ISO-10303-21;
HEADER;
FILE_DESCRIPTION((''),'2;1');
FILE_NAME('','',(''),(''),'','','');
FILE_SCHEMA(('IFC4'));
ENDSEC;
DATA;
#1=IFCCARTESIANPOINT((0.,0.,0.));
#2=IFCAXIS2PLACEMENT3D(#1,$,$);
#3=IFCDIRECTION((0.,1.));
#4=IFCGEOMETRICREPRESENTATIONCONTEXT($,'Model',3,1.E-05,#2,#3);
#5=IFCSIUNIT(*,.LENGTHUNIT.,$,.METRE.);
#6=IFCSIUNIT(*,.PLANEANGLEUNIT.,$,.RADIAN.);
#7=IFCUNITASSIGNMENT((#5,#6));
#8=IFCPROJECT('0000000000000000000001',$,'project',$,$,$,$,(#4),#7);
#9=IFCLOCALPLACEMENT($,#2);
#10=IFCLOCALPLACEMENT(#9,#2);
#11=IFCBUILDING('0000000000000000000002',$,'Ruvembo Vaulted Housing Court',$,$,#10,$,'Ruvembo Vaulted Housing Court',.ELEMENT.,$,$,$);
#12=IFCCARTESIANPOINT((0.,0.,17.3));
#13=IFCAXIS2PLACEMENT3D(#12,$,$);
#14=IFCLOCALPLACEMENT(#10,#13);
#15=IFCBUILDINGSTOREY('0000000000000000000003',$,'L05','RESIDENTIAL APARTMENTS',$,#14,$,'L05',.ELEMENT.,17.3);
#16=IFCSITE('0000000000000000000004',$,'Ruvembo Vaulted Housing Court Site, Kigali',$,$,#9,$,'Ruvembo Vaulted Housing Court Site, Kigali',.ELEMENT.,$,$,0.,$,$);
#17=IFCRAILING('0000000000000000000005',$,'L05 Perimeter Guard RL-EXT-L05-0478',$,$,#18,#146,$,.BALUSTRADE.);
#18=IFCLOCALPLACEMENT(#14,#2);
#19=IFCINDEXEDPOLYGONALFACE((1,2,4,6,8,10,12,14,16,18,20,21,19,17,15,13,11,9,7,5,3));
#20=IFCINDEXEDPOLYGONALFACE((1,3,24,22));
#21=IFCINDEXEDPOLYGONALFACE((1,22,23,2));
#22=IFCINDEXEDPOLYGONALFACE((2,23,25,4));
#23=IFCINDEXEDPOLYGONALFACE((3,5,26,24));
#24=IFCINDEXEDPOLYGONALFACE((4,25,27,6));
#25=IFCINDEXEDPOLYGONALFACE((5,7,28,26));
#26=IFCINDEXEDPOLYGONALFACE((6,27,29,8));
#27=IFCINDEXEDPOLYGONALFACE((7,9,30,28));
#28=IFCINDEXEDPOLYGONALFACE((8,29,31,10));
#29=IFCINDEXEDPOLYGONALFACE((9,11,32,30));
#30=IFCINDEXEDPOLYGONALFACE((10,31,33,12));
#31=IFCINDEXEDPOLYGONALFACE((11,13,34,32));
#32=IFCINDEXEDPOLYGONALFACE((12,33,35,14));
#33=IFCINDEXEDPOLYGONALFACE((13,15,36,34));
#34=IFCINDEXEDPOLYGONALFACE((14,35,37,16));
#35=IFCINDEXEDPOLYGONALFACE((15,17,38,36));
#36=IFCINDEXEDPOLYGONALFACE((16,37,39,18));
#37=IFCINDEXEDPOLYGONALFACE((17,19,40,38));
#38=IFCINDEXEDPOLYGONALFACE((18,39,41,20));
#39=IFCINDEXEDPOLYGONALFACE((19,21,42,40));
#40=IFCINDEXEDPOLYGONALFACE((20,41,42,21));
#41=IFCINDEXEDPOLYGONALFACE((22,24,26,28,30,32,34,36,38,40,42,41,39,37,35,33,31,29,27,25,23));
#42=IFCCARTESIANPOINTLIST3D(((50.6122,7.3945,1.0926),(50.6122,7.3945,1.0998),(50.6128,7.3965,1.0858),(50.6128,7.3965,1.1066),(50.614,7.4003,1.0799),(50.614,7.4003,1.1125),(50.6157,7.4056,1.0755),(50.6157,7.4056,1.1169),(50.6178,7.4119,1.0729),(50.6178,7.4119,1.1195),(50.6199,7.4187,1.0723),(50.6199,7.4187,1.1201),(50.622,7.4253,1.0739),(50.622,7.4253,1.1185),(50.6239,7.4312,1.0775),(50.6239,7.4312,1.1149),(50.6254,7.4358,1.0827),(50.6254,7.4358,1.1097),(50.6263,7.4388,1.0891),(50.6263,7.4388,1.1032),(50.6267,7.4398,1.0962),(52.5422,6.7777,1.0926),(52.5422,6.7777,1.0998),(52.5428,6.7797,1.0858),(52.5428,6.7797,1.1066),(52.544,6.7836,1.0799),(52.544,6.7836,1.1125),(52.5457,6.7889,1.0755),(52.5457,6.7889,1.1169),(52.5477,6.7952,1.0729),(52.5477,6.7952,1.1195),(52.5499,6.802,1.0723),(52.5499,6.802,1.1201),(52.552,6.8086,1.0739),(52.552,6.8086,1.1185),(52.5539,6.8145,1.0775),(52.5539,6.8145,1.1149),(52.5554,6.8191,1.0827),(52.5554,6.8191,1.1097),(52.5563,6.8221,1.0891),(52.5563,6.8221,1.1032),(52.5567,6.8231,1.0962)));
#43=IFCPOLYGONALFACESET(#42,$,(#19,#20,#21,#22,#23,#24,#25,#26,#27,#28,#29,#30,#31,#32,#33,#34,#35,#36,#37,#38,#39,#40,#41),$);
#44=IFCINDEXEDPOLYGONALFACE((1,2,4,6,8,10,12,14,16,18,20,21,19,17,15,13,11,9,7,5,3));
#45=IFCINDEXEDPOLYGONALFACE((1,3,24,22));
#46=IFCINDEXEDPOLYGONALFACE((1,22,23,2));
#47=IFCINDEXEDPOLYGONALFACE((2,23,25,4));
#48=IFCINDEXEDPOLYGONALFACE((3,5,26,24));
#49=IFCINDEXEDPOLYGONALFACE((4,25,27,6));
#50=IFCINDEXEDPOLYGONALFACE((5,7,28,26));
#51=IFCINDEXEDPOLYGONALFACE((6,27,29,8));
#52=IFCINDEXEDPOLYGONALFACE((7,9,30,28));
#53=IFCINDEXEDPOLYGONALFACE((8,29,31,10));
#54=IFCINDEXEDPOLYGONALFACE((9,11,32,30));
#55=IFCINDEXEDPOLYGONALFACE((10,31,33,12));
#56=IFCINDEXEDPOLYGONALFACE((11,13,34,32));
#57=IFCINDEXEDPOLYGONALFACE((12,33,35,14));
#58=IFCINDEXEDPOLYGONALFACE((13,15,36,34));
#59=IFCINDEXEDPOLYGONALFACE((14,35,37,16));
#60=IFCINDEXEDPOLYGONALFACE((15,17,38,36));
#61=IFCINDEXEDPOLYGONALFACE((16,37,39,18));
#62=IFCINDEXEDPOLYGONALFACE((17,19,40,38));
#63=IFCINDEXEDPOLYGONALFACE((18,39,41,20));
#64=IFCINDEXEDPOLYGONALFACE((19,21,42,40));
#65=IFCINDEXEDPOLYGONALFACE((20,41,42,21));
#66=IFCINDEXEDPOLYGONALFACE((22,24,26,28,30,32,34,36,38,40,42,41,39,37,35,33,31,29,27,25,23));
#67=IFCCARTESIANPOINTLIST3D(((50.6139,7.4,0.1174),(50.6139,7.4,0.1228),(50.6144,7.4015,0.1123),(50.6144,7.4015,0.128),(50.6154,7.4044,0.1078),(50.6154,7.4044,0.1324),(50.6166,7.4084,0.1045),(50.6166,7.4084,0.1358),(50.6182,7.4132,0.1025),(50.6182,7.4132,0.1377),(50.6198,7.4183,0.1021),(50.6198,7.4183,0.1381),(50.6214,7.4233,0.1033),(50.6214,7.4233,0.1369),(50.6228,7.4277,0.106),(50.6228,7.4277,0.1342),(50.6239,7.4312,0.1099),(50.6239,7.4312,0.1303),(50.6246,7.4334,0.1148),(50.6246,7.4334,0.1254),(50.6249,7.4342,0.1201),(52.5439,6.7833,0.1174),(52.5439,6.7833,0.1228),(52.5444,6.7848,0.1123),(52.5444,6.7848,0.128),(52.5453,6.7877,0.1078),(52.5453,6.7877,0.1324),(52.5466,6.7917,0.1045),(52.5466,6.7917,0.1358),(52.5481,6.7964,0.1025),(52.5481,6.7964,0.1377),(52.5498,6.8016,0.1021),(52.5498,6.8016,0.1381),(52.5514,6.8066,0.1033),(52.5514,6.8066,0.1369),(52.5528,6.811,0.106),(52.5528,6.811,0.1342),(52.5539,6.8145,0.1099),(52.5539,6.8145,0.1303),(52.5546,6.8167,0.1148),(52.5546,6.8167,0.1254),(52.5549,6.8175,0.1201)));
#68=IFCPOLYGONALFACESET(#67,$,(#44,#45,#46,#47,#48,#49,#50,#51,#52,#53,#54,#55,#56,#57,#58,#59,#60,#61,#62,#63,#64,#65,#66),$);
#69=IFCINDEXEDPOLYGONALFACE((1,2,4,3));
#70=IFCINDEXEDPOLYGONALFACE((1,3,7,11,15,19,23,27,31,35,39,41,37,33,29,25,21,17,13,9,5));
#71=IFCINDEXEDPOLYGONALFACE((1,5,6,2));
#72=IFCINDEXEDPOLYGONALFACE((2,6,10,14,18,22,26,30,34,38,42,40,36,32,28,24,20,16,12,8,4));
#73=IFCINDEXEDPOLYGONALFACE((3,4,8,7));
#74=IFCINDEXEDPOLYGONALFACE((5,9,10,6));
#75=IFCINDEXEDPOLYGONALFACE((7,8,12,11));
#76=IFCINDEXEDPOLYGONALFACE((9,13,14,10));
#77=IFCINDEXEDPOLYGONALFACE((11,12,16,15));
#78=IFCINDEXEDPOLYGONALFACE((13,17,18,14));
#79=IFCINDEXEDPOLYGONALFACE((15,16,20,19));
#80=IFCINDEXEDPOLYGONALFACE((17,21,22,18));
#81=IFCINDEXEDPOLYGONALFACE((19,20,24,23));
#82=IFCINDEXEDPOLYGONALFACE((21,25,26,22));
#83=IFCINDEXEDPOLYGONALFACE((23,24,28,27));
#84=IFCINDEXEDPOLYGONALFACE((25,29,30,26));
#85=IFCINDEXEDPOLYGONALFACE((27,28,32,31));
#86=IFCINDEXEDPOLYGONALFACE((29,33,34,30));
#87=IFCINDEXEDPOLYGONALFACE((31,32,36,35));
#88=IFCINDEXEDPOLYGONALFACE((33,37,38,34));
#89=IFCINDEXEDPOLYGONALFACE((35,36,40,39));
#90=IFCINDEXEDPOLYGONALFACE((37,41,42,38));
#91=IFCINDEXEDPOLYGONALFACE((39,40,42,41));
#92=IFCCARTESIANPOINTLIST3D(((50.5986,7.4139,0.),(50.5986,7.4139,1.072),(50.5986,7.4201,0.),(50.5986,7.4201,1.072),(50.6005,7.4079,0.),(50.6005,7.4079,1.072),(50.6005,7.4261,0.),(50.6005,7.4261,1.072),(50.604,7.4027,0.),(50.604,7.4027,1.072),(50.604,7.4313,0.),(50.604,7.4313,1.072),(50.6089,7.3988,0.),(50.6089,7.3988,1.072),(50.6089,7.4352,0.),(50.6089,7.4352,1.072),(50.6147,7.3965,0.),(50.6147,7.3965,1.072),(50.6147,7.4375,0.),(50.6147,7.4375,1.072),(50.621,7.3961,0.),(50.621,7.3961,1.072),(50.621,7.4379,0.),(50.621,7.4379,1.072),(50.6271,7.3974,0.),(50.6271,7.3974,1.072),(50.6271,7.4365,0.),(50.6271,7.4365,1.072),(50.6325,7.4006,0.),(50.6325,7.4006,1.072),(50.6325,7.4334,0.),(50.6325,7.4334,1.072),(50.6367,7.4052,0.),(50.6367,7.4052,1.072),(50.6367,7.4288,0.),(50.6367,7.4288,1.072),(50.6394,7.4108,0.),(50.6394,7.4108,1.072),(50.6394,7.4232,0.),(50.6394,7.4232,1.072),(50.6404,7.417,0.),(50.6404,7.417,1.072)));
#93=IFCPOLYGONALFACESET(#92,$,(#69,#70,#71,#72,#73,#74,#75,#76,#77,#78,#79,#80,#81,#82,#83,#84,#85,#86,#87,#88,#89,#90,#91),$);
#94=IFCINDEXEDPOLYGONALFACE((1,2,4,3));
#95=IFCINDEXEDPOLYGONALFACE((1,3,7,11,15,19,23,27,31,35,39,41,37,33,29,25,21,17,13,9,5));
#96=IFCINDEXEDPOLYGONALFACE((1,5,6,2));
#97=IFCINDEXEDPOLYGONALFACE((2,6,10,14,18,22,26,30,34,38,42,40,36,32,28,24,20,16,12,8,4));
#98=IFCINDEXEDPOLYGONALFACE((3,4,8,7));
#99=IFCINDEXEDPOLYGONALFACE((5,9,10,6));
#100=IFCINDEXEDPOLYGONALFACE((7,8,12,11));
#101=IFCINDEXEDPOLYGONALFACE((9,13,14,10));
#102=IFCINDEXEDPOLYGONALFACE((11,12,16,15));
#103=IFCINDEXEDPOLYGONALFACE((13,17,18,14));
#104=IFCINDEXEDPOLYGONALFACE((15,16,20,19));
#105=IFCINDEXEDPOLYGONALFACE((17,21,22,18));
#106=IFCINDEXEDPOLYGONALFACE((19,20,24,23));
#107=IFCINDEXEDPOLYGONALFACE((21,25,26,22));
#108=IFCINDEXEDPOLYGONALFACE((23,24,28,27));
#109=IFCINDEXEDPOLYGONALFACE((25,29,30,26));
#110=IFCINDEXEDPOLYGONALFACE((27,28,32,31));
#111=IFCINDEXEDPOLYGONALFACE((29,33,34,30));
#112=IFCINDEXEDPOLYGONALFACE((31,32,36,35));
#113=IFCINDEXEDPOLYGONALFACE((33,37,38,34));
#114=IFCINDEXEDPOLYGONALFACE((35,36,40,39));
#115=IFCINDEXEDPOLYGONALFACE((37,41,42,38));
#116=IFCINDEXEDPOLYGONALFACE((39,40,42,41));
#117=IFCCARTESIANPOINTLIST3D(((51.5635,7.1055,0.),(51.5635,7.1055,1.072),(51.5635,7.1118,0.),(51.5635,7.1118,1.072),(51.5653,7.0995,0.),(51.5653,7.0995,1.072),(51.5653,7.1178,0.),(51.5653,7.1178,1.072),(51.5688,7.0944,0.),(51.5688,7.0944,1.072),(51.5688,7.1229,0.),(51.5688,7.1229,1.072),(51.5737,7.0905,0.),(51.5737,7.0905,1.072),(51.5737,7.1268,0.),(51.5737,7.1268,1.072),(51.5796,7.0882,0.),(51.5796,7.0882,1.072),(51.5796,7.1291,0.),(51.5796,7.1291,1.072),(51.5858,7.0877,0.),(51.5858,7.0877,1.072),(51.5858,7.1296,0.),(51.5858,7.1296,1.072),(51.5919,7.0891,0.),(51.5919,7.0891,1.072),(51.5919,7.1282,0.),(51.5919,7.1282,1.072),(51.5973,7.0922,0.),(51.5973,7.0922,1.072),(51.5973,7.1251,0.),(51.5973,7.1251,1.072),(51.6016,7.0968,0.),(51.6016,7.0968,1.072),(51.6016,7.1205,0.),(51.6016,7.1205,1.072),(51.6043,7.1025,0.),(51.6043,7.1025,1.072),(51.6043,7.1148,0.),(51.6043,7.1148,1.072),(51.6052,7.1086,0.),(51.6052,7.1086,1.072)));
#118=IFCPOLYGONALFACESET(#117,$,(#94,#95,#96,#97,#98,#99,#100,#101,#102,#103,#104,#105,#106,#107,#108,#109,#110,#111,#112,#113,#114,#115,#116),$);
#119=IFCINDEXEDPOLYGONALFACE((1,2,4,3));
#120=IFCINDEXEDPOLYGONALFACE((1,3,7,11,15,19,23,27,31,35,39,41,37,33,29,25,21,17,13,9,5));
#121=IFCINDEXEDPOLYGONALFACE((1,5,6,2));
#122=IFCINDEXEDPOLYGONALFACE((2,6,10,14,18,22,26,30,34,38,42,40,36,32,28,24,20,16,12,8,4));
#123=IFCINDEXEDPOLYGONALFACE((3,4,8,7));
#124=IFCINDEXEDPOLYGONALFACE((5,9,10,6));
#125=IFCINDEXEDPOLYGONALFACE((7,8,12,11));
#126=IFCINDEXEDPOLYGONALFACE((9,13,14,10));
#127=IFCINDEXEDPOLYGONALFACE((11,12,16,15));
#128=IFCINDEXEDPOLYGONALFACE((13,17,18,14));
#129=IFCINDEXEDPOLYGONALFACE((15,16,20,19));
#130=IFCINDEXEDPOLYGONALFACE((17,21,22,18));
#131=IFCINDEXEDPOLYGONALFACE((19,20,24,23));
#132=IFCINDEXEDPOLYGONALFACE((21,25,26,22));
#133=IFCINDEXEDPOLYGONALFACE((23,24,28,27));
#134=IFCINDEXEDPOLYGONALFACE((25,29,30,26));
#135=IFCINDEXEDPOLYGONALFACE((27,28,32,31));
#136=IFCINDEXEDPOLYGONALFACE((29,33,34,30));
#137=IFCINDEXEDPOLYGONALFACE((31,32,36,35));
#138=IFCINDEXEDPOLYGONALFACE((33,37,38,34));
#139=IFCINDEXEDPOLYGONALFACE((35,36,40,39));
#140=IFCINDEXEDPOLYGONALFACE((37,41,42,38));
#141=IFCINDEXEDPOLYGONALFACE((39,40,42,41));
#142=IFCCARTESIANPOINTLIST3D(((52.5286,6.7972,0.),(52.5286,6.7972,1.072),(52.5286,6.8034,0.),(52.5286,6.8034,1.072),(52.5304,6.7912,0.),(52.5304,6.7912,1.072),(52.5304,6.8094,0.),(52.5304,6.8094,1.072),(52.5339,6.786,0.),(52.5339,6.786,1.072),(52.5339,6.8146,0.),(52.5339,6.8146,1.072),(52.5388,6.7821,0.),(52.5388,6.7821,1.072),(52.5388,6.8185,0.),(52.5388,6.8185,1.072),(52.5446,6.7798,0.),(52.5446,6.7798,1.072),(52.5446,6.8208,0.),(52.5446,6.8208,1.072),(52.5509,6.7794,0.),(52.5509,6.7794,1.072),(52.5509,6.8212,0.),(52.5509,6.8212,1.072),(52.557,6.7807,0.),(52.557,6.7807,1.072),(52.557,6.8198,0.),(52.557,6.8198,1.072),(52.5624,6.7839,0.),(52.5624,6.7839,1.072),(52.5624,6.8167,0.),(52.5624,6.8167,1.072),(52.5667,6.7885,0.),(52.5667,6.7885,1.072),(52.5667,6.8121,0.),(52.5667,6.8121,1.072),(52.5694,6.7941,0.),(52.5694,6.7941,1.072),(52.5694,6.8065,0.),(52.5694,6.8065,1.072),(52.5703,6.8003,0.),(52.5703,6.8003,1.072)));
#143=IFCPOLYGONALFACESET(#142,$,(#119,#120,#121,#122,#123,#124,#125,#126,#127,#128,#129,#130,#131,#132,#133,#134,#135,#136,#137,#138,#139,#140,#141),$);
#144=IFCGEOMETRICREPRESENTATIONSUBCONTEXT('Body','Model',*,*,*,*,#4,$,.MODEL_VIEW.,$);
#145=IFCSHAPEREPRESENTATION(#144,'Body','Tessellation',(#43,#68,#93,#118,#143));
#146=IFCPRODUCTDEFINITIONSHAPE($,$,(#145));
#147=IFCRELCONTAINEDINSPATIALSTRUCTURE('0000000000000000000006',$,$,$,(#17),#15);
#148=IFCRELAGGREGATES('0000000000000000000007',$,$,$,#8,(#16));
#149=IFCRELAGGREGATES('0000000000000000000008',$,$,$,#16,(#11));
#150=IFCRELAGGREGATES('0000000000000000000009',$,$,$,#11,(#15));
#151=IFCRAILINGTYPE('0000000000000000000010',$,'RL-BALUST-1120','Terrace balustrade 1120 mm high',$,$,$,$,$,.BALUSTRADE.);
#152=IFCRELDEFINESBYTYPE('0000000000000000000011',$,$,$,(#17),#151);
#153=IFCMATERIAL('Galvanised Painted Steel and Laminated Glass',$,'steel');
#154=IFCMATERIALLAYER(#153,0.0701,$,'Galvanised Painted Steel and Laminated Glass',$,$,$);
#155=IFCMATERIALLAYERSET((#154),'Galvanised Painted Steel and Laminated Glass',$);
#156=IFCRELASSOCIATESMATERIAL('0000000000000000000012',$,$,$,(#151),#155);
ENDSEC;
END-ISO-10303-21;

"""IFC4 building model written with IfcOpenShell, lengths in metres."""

from ifc_helpers import new_model, si_unit, direction, frame, origin, origin_2d, place, context, subcontext, project, spatial, circle, extrude, material, layer, layer_set, type_object, element, save


model = new_model("IFC4")

# Units and contexts
model_context = context("Model", 3, precision=1e-05, world=origin(), true_north=direction((0.0, 1.0)))
body_context = subcontext(model_context, "Body", "Model", "MODEL_VIEW")
ifc_project = project(units=[si_unit("LENGTHUNIT", "METRE"), si_unit("PLANEANGLEUNIT", "RADIAN")], contexts=[model_context])

# Site, building, storey
site_placement = place(None, origin())
site = spatial("IfcSite", under=ifc_project, at=site_placement, Name="Ruvembo Vaulted Housing Court Site, Kigali", LongName="Ruvembo Vaulted Housing Court Site, Kigali", CompositionType="ELEMENT", RefElevation=0.0)
building_placement = place(site_placement, origin())
building = spatial("IfcBuilding", under=site, at=building_placement, Name="Ruvembo Vaulted Housing Court", LongName="Ruvembo Vaulted Housing Court", CompositionType="ELEMENT")
storey_placement = place(building_placement, frame((0.0, 0.0, 17.3)))
storey = spatial("IfcBuildingStorey", under=building, at=storey_placement, Name="L05", Description="RESIDENTIAL APARTMENTS", LongName="L05", CompositionType="ELEMENT", Elevation=17.3)

# Railing
ifc_material_1 = material(Name="Galvanised Painted Steel and Laminated Glass", Category="steel")
ifc_layer_1 = layer(ifc_material_1, 0.0701, Name="Galvanised Painted Steel and Laminated Glass")
ifc_layer_set_1 = layer_set([ifc_layer_1], Name="Galvanised Painted Steel and Laminated Glass")
railing_type = type_object("IfcRailingType", Name="RL-BALUST-1120", Description="Terrace balustrade 1120 mm high", PredefinedType="BALUSTRADE", material=ifc_layer_set_1)
railing_1_placement = place(storey_placement, frame((50.6194, 7.417, 0.0)))
element("IfcRailing", 1, at=railing_1_placement, inside=storey, type_object=railing_type, Name="L05 Perimeter Guard RL-EXT-L05-0478", PredefinedType="BALUSTRADE", context=body_context, shape_type="SweptSolid", body=[
    extrude(circle(Radius=0.0239, at=origin_2d()), frame((0.0, 0.0, 1.0962), z_axis=(0.95255, -0.304382, 0.0), x_axis=(0.304382, 0.95255, 0.0)), (0.0, 0.0, 1.0), 2.0261),
    extrude(circle(Radius=0.0181, at=origin_2d()), frame((0.0, 0.0, 0.1201), z_axis=(0.95255, -0.304382, 0.0), x_axis=(0.304382, 0.95255, 0.0)), (0.0, 0.0, 1.0), 2.0261),
    extrude(circle(Radius=0.021, at=origin_2d()), origin(), (0.0, 0.0, 1.0), 1.072),
    extrude(circle(Radius=0.021, at=origin_2d()), frame((0.9648, -0.3083, 0.0)), (0.0, 0.0, 1.0), 1.072),
    extrude(circle(Radius=0.021, at=origin_2d()), frame((1.9299, -0.6167, 0.0)), (0.0, 0.0, 1.0), 1.072),
])

save(model, "model.ifc")
